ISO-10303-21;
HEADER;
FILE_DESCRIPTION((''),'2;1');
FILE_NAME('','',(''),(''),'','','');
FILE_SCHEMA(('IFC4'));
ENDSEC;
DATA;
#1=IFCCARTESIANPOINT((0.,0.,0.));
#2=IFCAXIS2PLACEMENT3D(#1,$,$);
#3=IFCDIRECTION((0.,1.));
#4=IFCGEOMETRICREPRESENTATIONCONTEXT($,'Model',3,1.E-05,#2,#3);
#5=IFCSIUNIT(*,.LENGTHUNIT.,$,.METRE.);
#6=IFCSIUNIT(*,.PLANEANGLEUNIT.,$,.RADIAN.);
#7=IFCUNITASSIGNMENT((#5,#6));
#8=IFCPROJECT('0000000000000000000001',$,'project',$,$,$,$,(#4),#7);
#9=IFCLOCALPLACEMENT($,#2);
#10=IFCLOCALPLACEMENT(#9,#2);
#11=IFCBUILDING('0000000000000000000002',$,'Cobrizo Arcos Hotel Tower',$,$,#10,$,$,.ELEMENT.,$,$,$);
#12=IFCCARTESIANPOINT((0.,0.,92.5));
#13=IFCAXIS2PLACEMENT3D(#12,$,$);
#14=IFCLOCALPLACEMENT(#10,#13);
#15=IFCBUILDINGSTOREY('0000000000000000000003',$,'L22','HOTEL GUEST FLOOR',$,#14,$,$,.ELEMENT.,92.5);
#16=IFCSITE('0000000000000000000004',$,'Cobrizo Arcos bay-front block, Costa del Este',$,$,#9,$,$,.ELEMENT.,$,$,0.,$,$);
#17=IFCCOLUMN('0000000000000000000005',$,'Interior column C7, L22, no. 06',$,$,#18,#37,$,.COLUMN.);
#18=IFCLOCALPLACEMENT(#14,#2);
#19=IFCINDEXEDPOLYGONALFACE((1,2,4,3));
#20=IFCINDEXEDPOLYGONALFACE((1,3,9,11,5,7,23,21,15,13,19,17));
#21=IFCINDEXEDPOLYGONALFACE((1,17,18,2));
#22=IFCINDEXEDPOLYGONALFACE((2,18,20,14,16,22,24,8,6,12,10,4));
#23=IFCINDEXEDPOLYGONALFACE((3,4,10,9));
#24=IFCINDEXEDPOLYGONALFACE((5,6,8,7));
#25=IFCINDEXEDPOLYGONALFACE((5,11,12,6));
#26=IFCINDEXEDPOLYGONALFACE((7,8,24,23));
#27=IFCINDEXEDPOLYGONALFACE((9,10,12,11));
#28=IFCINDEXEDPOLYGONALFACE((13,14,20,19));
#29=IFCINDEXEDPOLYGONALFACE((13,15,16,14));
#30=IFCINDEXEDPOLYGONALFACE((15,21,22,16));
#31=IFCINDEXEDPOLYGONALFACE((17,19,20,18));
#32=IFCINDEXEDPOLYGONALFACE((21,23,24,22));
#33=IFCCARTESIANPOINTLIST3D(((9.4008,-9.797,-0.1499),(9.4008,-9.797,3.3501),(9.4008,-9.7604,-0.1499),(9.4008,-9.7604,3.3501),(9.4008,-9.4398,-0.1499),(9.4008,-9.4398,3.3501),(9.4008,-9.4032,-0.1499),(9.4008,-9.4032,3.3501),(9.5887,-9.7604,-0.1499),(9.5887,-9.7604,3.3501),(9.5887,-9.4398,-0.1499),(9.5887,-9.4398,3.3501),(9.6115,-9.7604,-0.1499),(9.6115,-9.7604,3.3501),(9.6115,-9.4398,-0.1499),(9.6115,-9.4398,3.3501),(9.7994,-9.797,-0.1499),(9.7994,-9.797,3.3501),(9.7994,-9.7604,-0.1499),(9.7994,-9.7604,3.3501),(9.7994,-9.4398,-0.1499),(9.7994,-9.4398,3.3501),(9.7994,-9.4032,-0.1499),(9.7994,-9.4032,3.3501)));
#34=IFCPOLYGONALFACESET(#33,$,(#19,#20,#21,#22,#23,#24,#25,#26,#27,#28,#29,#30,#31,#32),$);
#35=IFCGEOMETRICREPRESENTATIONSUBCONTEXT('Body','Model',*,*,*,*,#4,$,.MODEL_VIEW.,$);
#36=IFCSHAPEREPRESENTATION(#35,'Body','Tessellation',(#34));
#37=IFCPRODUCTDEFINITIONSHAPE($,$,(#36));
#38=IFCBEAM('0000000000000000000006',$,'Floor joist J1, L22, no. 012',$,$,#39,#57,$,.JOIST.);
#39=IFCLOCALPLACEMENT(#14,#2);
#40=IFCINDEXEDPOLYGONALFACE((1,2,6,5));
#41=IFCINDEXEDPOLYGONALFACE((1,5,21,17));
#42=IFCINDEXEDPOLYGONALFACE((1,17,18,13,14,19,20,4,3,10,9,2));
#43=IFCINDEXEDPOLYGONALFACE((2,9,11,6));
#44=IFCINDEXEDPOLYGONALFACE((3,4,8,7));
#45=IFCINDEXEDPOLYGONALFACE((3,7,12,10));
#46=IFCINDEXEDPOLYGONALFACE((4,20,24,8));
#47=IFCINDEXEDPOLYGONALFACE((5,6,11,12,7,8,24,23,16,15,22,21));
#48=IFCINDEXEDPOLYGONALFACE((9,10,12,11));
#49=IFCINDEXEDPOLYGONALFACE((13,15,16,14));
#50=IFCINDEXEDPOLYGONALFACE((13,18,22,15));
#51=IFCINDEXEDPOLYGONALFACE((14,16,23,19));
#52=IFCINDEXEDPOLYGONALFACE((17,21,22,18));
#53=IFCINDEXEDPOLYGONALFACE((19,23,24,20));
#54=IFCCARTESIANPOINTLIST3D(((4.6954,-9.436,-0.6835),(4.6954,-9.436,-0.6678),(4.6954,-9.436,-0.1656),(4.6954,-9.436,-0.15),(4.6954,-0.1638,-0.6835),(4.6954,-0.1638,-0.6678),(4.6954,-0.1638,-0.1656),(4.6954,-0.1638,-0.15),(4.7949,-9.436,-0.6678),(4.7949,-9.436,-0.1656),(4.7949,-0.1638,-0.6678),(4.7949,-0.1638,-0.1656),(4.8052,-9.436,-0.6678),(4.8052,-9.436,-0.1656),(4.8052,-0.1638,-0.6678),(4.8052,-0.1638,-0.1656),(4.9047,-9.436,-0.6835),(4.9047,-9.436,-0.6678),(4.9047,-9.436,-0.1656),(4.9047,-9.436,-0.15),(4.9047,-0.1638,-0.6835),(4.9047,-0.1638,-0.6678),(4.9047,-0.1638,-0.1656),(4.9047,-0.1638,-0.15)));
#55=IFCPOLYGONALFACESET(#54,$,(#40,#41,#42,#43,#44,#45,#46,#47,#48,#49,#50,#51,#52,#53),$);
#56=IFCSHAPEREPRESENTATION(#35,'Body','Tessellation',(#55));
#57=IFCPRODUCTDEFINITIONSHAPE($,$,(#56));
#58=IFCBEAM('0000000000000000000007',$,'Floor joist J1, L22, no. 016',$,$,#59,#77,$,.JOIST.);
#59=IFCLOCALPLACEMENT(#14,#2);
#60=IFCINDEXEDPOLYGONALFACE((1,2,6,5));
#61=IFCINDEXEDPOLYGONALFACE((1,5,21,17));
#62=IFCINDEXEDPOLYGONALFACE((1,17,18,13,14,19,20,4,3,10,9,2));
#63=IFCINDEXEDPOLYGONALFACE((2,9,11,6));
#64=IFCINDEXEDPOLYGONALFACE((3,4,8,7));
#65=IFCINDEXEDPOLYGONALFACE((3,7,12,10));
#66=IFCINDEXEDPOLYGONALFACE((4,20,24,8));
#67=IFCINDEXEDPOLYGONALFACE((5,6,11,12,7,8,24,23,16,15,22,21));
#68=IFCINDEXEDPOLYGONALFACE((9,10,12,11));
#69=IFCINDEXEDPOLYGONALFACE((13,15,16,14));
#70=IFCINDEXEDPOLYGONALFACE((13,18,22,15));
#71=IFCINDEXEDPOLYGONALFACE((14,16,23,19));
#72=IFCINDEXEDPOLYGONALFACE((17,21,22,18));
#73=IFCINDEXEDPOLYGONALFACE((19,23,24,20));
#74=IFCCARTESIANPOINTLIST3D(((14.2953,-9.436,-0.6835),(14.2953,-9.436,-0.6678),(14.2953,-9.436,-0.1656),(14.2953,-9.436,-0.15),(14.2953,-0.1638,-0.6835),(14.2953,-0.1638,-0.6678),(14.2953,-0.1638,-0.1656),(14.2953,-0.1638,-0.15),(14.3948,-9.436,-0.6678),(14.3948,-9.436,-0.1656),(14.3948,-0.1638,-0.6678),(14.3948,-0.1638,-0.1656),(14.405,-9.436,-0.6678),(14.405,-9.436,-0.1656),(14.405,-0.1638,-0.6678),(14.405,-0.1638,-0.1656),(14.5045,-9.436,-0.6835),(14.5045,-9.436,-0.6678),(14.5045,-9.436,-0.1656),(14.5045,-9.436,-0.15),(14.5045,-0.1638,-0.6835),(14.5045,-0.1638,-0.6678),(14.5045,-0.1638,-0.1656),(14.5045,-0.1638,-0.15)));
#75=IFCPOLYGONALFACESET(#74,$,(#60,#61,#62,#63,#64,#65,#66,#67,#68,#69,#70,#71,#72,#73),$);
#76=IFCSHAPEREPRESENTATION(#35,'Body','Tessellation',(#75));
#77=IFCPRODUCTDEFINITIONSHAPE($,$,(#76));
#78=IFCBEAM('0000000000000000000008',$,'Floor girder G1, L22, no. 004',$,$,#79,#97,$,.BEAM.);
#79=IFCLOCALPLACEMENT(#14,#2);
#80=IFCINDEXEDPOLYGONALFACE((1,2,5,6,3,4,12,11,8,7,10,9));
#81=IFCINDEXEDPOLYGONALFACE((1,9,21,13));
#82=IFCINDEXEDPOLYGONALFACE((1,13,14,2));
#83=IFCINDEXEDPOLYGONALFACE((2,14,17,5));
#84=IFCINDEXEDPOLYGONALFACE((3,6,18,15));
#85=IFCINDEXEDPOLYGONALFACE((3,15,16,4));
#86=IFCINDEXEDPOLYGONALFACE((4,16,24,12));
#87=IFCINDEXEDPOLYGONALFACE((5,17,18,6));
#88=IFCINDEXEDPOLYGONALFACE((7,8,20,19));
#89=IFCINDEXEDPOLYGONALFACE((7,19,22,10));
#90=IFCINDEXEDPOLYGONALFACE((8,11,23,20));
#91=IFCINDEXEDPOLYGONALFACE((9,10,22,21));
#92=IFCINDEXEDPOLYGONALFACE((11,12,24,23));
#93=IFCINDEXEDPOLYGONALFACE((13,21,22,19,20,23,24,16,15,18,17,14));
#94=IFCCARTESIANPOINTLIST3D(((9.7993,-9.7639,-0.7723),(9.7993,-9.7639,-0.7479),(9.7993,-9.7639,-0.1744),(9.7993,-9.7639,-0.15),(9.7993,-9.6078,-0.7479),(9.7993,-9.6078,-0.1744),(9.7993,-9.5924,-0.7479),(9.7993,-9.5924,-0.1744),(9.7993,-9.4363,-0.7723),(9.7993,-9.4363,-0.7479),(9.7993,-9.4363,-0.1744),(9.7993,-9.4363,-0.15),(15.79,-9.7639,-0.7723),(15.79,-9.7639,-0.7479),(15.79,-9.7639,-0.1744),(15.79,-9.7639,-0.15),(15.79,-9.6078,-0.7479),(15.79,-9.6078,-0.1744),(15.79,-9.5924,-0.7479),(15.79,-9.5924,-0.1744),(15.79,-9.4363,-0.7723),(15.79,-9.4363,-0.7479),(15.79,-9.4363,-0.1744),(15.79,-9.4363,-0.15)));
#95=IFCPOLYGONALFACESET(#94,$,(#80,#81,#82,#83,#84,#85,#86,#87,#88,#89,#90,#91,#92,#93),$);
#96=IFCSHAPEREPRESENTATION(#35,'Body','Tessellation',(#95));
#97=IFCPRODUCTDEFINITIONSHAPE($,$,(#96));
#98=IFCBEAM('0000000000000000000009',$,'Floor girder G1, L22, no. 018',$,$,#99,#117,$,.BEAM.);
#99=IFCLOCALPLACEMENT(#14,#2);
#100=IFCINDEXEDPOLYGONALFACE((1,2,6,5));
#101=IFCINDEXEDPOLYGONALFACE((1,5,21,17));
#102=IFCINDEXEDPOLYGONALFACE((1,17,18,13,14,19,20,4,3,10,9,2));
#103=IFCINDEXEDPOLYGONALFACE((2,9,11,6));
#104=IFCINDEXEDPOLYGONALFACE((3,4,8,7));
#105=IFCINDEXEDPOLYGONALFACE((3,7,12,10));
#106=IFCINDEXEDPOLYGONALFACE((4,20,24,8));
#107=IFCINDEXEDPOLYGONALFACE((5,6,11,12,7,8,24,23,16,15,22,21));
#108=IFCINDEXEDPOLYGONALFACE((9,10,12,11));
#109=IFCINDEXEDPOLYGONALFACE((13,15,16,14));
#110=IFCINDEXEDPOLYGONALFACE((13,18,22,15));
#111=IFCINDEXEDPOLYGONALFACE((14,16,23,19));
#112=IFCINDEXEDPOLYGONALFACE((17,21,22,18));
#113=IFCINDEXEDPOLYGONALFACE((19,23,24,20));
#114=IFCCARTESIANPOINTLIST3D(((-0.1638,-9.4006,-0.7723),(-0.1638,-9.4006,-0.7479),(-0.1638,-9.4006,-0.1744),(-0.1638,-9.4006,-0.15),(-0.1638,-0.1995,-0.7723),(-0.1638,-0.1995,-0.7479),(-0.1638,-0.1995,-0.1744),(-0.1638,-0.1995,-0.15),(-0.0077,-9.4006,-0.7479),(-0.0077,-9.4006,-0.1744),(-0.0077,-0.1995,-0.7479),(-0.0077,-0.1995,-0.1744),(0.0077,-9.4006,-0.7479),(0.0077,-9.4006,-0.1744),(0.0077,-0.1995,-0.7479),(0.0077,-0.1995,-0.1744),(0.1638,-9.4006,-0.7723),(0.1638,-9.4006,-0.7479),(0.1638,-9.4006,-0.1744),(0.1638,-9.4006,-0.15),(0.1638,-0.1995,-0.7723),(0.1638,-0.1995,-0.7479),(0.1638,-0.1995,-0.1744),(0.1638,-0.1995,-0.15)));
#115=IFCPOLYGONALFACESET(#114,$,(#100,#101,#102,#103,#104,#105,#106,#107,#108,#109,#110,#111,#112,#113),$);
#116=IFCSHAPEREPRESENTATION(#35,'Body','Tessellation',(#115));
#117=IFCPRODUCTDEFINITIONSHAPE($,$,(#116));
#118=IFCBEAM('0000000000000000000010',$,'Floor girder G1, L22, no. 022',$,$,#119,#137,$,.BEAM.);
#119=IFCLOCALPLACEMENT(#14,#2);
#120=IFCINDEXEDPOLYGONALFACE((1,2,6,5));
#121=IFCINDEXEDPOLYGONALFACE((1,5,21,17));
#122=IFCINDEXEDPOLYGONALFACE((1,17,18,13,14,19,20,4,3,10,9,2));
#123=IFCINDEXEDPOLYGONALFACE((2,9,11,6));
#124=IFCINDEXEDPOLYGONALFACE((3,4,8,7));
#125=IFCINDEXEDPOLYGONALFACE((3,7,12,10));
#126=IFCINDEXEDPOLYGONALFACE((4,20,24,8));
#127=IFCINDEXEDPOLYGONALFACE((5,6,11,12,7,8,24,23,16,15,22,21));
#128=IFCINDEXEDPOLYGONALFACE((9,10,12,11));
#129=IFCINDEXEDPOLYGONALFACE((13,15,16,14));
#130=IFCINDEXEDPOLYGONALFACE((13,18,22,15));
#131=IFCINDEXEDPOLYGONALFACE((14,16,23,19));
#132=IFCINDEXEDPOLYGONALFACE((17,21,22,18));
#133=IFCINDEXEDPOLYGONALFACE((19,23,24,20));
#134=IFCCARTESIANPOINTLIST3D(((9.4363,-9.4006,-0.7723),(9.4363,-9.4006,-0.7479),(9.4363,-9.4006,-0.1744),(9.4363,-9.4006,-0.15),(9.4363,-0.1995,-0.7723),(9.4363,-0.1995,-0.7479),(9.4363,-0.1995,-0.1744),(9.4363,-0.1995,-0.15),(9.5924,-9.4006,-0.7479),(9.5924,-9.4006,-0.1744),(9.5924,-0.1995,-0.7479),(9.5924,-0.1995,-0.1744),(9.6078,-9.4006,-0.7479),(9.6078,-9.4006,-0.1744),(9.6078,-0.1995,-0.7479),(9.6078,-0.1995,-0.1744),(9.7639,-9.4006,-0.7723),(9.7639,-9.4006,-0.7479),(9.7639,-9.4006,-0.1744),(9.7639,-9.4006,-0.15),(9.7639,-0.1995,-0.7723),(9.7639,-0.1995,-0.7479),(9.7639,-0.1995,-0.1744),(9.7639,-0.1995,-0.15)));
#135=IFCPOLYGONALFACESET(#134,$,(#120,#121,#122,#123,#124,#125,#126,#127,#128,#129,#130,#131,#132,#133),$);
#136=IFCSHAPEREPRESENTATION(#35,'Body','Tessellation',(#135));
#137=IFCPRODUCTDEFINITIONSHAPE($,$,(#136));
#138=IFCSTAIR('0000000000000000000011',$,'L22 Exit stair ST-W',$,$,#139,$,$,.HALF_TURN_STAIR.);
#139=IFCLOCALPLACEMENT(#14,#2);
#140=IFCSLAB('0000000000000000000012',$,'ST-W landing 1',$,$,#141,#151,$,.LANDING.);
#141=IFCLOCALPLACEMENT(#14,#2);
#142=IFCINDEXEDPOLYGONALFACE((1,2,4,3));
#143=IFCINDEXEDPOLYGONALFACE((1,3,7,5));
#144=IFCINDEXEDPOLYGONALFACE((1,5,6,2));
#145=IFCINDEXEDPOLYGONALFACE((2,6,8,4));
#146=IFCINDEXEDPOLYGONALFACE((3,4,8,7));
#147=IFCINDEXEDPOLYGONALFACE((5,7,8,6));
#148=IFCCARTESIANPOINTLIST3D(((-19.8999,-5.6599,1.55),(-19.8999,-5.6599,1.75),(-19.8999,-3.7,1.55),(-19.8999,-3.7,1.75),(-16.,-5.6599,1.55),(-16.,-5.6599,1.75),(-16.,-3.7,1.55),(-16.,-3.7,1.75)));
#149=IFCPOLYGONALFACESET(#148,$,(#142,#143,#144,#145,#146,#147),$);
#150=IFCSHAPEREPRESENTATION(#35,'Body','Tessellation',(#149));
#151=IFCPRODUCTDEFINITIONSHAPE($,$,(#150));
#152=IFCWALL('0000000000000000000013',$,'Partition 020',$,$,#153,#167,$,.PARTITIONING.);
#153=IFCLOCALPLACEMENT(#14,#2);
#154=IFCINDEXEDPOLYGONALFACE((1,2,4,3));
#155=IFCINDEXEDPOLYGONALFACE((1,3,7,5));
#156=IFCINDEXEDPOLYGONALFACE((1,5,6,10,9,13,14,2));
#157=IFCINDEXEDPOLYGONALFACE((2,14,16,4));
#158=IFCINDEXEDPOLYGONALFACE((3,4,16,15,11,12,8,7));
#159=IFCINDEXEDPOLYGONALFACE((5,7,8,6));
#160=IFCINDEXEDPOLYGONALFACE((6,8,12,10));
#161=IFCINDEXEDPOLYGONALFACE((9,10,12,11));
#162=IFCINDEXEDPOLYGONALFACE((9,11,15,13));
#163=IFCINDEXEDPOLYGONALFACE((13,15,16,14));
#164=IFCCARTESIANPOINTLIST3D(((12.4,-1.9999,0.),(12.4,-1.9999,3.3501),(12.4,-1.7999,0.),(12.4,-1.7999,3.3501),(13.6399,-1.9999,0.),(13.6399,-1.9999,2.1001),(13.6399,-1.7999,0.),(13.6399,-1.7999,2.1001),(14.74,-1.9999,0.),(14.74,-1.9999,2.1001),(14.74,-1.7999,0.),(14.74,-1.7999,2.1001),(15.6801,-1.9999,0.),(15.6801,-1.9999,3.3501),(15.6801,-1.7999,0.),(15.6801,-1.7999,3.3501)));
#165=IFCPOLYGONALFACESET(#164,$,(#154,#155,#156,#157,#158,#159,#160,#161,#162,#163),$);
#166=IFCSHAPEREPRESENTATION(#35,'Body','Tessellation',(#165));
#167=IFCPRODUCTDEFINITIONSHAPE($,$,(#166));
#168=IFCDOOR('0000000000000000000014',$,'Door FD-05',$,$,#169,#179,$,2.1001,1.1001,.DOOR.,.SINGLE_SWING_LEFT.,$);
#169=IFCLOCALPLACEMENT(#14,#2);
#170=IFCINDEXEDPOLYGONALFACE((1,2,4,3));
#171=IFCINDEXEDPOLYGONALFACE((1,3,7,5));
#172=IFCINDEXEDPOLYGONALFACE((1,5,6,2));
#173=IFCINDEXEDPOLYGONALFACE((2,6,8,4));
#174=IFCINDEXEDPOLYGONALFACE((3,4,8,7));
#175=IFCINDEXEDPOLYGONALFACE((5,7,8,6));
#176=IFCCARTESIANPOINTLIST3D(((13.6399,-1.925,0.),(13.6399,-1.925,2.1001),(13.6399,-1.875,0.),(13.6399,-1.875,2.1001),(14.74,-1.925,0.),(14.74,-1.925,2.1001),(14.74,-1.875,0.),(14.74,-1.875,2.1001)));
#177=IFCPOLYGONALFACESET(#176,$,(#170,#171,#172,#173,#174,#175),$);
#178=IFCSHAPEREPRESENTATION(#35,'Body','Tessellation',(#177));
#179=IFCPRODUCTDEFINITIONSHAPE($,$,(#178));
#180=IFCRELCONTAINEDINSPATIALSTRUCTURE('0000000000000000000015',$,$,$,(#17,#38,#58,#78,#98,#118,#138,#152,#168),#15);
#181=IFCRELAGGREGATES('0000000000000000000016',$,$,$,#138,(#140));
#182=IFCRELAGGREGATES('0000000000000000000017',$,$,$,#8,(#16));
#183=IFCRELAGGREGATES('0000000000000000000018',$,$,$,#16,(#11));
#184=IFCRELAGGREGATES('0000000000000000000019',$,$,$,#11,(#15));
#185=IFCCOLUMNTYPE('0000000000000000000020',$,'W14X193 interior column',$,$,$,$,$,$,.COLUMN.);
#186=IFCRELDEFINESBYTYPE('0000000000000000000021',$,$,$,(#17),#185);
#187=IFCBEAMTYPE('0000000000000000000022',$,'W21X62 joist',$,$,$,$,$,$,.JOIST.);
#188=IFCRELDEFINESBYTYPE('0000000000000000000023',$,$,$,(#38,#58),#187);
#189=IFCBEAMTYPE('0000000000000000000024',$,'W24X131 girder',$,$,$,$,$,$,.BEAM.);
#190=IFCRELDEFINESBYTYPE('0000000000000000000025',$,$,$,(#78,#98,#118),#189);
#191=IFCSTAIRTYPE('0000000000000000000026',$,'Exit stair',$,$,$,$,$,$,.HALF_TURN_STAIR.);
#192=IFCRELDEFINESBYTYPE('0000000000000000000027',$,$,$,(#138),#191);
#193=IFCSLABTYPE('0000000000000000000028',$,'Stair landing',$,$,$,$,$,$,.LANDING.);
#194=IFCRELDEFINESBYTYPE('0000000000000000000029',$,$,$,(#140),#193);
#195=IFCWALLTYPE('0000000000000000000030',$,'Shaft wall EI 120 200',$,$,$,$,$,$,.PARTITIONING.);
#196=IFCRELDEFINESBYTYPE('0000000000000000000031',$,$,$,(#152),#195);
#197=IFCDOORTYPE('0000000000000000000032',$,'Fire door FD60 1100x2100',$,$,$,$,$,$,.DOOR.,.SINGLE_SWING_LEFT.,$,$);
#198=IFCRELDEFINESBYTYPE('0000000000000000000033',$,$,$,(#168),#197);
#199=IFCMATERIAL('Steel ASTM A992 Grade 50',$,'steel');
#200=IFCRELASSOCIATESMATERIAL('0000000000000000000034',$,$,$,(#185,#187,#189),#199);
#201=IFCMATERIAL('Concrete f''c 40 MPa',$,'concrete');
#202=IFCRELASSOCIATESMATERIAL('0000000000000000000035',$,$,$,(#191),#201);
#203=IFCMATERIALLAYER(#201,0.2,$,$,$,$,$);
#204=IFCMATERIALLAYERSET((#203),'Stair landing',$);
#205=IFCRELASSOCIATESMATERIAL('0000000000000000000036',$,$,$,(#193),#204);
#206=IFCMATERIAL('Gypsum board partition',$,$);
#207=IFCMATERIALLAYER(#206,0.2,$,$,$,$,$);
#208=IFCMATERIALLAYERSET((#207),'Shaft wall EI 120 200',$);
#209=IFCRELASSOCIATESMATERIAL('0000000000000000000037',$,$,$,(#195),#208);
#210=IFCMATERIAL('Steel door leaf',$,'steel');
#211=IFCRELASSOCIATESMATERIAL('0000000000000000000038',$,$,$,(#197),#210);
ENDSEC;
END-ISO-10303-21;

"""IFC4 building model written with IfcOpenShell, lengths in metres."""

from ifc_helpers import new_model, si_unit, direction, frame, frame_2d, origin, origin_2d, place, context, subcontext, project, spatial, polyline, rectangle, i_section, outline, extrude, material, layer, layer_set, material_profile, profile_set, type_object, element, fill, aggregate, save


model = new_model("IFC4")

# Units and contexts
model_context = context("Model", 3, precision=1e-05, world=origin(), true_north=direction((0.0, 1.0)))
body_context = subcontext(model_context, "Body", "Model", "MODEL_VIEW")
ifc_project = project(units=[si_unit("LENGTHUNIT", "METRE"), si_unit("PLANEANGLEUNIT", "RADIAN")], contexts=[model_context])

# Site, building, storey
site_placement = place(None, origin())
site = spatial("IfcSite", under=ifc_project, at=site_placement, Name="Cobrizo Arcos bay-front block, Costa del Este", CompositionType="ELEMENT", RefElevation=0.0)
building_placement = place(site_placement, origin())
building = spatial("IfcBuilding", under=site, at=building_placement, Name="Cobrizo Arcos Hotel Tower", CompositionType="ELEMENT")
storey_placement = place(building_placement, frame((0.0, 0.0, 92.5)))
storey = spatial("IfcBuildingStorey", under=building, at=storey_placement, Name="L22", Description="HOTEL GUEST FLOOR", CompositionType="ELEMENT", Elevation=92.5)

# Column
ifc_material_1 = material(Name="Steel ASTM A992 Grade 50", Category="steel")
ifc_material_profile_1 = material_profile(ifc_material_1, i_section(OverallWidth=0.3987, OverallDepth=0.3938, WebThickness=0.0227, FlangeThickness=0.0366, at=origin_2d()), Name="W14X193")
ifc_profile_set_1 = profile_set([ifc_material_profile_1], Name="Steel ASTM A992 Grade 50")
column_type = type_object("IfcColumnType", Name="W14X193 interior column", PredefinedType="COLUMN", material=ifc_profile_set_1)
column_placement = place(storey_placement, frame((9.6001, -9.6001, -0.1499), z_axis=(0.0, 0.0, 1.0), x_axis=(1.0, 0.0, 0.0)))
element("IfcColumn", 1, at=column_placement, inside=storey, type_object=column_type, Name="Interior column C7, L22, no. 06", PredefinedType="COLUMN", context=body_context, shape_type="SweptSolid", body=[
    extrude(i_section(OverallWidth=0.3987, OverallDepth=0.3938, WebThickness=0.0227, FlangeThickness=0.0366, at=origin_2d()), origin(), (0.0, 0.0, 1.0), 3.5),
])

# Beams
ifc_material_profile_2 = material_profile(ifc_material_1, i_section(OverallWidth=0.2092, OverallDepth=0.5334, WebThickness=0.0103, FlangeThickness=0.0156, at=origin_2d()), Name="W21X62")
ifc_profile_set_2 = profile_set([ifc_material_profile_2], Name="Steel ASTM A992 Grade 50")
beam_type_1 = type_object("IfcBeamType", Name="W21X62 joist", PredefinedType="JOIST", material=ifc_profile_set_2)
for number, where, z_axis, x_axis, name in (
    (2, (4.8, -9.436, -0.4167), (0.0, 1.0, 0.0), (-1.0, 0.0, 0.0), "Floor joist J1, L22, no. 012"),
    (3, (14.3999, -9.436, -0.4167), (0.0, 1.0, 0.0), (-1.0, 0.0, 0.0), "Floor joist J1, L22, no. 016"),
):
    element("IfcBeam", number, at=place(storey_placement, frame(where, z_axis=z_axis, x_axis=x_axis)), inside=storey, type_object=beam_type_1, Name=name, PredefinedType="JOIST", context=body_context, shape_type="SweptSolid", body=[
        extrude(i_section(OverallWidth=0.2092, OverallDepth=0.5334, WebThickness=0.0103, FlangeThickness=0.0156, at=origin_2d()), origin(), (0.0, 0.0, 1.0), 9.2722),
    ])
ifc_material_profile_3 = material_profile(ifc_material_1, i_section(OverallWidth=0.3276, OverallDepth=0.6223, WebThickness=0.0154, FlangeThickness=0.0244, at=origin_2d()), Name="W24X131")
ifc_profile_set_3 = profile_set([ifc_material_profile_3], Name="Steel ASTM A992 Grade 50")
beam_type_2 = type_object("IfcBeamType", Name="W24X131 girder", PredefinedType="BEAM", material=ifc_profile_set_3)
beam_placement = place(storey_placement, frame((9.7993, -9.6001, -0.4612), z_axis=(1.0, 0.0, 0.0), x_axis=(0.0, 1.0, 0.0)))
element("IfcBeam", 4, at=beam_placement, inside=storey, type_object=beam_type_2, Name="Floor girder G1, L22, no. 004", PredefinedType="BEAM", context=body_context, shape_type="SweptSolid", body=[
    extrude(i_section(OverallWidth=0.3276, OverallDepth=0.6223, WebThickness=0.0154, FlangeThickness=0.0244, at=origin_2d()), origin(), (0.0, 0.0, 1.0), 5.9907),
])
for number, where, z_axis, x_axis, name in (
    (5, (0.0, -9.4006, -0.4612), (0.0, 1.0, 0.0), (-1.0, 0.0, 0.0), "Floor girder G1, L22, no. 018"),
    (6, (9.6001, -9.4006, -0.4612), (0.0, 1.0, 0.0), (-1.0, 0.0, 0.0), "Floor girder G1, L22, no. 022"),
):
    element("IfcBeam", number, at=place(storey_placement, frame(where, z_axis=z_axis, x_axis=x_axis)), inside=storey, type_object=beam_type_2, Name=name, PredefinedType="BEAM", context=body_context, shape_type="SweptSolid", body=[
        extrude(i_section(OverallWidth=0.3276, OverallDepth=0.6223, WebThickness=0.0154, FlangeThickness=0.0244, at=origin_2d()), origin(), (0.0, 0.0, 1.0), 9.2012),
    ])

# Stair, slab
ifc_material_2 = material(Name="Concrete f'c 40 MPa", Category="concrete")
stair_type = type_object("IfcStairType", Name="Exit stair", PredefinedType="HALF_TURN_STAIR", material=ifc_material_2)
stair_placement = place(storey_placement, origin())
stair = element("IfcStair", 7, at=stair_placement, inside=storey, type_object=stair_type, Name="L22 Exit stair ST-W", PredefinedType="HALF_TURN_STAIR")
ifc_layer_1 = layer(ifc_material_2, 0.2)
ifc_layer_set_1 = layer_set([ifc_layer_1], Name="Stair landing")
slab_type = type_object("IfcSlabType", Name="Stair landing", PredefinedType="LANDING", material=ifc_layer_set_1)
slab_placement = place(storey_placement, frame((0.0, 0.0, 1.55)))
slab = element("IfcSlab", 8, at=slab_placement, type_object=slab_type, Name="ST-W landing 1", PredefinedType="LANDING", context=body_context, shape_type="SweptSolid", body=[
    extrude(outline(polyline([(-16.0, -5.6599), (-16.0, -3.7), (-19.8999, -3.7), (-19.8999, -5.6599), (-16.0, -5.6599)])), origin(), (0.0, 0.0, 1.0), 0.2),
])
aggregate(stair, [slab])

# Wall, opening, door
ifc_material_3 = material(Name="Gypsum board partition")
ifc_layer_2 = layer(ifc_material_3, 0.2)
ifc_layer_set_2 = layer_set([ifc_layer_2], Name="Shaft wall EI 120 200")
wall_type_1 = type_object("IfcWallType", Name="Shaft wall EI 120 200", PredefinedType="PARTITIONING", material=ifc_layer_set_2)
wall_1_placement = place(storey_placement, frame((12.3999, -1.8999, 0.0), z_axis=(0.0, 0.0, 1.0), x_axis=(1.0, 0.0, 0.0)))
wall_1 = element("IfcWall", 9, at=wall_1_placement, inside=storey, type_object=wall_type_1, Name="Partition 020", PredefinedType="PARTITIONING", context=body_context, shape_type="SweptSolid", body=[
    extrude(rectangle(XDim=3.28, YDim=0.2, at=frame_2d((1.6401, 0.0))), origin(), (0.0, 0.0, 1.0), 3.3501),
])
opening_1_placement = place(wall_1_placement, frame((1.24, 0.0, 0.0)))
opening_1 = element("IfcOpeningElement", 10, at=opening_1_placement, cuts=wall_1, PredefinedType="OPENING", context=body_context, shape_type="SweptSolid", body=[
    extrude(rectangle(XDim=1.1001, YDim=2.1001, at=frame_2d((0.55, 1.05))), frame((0.0, 0.1121, 0.0), z_axis=(0.0, -1.0, 0.0), x_axis=(1.0, 0.0, 0.0)), (0.0, 0.0, 1.0), 0.2239),
])
ifc_material_4 = material(Name="Steel door leaf", Category="steel")
door_type_1 = type_object("IfcDoorType", Name="Fire door FD60 1100x2100", OperationType="SINGLE_SWING_LEFT", PredefinedType="DOOR", material=ifc_material_4)
door_1_placement = place(opening_1_placement, origin())
door_1 = element("IfcDoor", 11, at=door_1_placement, inside=storey, type_object=door_type_1, Name="Door FD-05", OperationType="SINGLE_SWING_LEFT", OverallHeight=2.1001, OverallWidth=1.1001, PredefinedType="DOOR", context=body_context, shape_type="SweptSolid", body=[
    extrude(rectangle(XDim=1.1001, YDim=2.1001, at=frame_2d((0.55, 1.05))), frame((0.0, 0.0249, 0.0), z_axis=(0.0, -1.0, 0.0), x_axis=(1.0, 0.0, 0.0)), (0.0, 0.0, 1.0), 0.05),
])
fill(opening_1, door_1)

save(model, "model.ifc")
